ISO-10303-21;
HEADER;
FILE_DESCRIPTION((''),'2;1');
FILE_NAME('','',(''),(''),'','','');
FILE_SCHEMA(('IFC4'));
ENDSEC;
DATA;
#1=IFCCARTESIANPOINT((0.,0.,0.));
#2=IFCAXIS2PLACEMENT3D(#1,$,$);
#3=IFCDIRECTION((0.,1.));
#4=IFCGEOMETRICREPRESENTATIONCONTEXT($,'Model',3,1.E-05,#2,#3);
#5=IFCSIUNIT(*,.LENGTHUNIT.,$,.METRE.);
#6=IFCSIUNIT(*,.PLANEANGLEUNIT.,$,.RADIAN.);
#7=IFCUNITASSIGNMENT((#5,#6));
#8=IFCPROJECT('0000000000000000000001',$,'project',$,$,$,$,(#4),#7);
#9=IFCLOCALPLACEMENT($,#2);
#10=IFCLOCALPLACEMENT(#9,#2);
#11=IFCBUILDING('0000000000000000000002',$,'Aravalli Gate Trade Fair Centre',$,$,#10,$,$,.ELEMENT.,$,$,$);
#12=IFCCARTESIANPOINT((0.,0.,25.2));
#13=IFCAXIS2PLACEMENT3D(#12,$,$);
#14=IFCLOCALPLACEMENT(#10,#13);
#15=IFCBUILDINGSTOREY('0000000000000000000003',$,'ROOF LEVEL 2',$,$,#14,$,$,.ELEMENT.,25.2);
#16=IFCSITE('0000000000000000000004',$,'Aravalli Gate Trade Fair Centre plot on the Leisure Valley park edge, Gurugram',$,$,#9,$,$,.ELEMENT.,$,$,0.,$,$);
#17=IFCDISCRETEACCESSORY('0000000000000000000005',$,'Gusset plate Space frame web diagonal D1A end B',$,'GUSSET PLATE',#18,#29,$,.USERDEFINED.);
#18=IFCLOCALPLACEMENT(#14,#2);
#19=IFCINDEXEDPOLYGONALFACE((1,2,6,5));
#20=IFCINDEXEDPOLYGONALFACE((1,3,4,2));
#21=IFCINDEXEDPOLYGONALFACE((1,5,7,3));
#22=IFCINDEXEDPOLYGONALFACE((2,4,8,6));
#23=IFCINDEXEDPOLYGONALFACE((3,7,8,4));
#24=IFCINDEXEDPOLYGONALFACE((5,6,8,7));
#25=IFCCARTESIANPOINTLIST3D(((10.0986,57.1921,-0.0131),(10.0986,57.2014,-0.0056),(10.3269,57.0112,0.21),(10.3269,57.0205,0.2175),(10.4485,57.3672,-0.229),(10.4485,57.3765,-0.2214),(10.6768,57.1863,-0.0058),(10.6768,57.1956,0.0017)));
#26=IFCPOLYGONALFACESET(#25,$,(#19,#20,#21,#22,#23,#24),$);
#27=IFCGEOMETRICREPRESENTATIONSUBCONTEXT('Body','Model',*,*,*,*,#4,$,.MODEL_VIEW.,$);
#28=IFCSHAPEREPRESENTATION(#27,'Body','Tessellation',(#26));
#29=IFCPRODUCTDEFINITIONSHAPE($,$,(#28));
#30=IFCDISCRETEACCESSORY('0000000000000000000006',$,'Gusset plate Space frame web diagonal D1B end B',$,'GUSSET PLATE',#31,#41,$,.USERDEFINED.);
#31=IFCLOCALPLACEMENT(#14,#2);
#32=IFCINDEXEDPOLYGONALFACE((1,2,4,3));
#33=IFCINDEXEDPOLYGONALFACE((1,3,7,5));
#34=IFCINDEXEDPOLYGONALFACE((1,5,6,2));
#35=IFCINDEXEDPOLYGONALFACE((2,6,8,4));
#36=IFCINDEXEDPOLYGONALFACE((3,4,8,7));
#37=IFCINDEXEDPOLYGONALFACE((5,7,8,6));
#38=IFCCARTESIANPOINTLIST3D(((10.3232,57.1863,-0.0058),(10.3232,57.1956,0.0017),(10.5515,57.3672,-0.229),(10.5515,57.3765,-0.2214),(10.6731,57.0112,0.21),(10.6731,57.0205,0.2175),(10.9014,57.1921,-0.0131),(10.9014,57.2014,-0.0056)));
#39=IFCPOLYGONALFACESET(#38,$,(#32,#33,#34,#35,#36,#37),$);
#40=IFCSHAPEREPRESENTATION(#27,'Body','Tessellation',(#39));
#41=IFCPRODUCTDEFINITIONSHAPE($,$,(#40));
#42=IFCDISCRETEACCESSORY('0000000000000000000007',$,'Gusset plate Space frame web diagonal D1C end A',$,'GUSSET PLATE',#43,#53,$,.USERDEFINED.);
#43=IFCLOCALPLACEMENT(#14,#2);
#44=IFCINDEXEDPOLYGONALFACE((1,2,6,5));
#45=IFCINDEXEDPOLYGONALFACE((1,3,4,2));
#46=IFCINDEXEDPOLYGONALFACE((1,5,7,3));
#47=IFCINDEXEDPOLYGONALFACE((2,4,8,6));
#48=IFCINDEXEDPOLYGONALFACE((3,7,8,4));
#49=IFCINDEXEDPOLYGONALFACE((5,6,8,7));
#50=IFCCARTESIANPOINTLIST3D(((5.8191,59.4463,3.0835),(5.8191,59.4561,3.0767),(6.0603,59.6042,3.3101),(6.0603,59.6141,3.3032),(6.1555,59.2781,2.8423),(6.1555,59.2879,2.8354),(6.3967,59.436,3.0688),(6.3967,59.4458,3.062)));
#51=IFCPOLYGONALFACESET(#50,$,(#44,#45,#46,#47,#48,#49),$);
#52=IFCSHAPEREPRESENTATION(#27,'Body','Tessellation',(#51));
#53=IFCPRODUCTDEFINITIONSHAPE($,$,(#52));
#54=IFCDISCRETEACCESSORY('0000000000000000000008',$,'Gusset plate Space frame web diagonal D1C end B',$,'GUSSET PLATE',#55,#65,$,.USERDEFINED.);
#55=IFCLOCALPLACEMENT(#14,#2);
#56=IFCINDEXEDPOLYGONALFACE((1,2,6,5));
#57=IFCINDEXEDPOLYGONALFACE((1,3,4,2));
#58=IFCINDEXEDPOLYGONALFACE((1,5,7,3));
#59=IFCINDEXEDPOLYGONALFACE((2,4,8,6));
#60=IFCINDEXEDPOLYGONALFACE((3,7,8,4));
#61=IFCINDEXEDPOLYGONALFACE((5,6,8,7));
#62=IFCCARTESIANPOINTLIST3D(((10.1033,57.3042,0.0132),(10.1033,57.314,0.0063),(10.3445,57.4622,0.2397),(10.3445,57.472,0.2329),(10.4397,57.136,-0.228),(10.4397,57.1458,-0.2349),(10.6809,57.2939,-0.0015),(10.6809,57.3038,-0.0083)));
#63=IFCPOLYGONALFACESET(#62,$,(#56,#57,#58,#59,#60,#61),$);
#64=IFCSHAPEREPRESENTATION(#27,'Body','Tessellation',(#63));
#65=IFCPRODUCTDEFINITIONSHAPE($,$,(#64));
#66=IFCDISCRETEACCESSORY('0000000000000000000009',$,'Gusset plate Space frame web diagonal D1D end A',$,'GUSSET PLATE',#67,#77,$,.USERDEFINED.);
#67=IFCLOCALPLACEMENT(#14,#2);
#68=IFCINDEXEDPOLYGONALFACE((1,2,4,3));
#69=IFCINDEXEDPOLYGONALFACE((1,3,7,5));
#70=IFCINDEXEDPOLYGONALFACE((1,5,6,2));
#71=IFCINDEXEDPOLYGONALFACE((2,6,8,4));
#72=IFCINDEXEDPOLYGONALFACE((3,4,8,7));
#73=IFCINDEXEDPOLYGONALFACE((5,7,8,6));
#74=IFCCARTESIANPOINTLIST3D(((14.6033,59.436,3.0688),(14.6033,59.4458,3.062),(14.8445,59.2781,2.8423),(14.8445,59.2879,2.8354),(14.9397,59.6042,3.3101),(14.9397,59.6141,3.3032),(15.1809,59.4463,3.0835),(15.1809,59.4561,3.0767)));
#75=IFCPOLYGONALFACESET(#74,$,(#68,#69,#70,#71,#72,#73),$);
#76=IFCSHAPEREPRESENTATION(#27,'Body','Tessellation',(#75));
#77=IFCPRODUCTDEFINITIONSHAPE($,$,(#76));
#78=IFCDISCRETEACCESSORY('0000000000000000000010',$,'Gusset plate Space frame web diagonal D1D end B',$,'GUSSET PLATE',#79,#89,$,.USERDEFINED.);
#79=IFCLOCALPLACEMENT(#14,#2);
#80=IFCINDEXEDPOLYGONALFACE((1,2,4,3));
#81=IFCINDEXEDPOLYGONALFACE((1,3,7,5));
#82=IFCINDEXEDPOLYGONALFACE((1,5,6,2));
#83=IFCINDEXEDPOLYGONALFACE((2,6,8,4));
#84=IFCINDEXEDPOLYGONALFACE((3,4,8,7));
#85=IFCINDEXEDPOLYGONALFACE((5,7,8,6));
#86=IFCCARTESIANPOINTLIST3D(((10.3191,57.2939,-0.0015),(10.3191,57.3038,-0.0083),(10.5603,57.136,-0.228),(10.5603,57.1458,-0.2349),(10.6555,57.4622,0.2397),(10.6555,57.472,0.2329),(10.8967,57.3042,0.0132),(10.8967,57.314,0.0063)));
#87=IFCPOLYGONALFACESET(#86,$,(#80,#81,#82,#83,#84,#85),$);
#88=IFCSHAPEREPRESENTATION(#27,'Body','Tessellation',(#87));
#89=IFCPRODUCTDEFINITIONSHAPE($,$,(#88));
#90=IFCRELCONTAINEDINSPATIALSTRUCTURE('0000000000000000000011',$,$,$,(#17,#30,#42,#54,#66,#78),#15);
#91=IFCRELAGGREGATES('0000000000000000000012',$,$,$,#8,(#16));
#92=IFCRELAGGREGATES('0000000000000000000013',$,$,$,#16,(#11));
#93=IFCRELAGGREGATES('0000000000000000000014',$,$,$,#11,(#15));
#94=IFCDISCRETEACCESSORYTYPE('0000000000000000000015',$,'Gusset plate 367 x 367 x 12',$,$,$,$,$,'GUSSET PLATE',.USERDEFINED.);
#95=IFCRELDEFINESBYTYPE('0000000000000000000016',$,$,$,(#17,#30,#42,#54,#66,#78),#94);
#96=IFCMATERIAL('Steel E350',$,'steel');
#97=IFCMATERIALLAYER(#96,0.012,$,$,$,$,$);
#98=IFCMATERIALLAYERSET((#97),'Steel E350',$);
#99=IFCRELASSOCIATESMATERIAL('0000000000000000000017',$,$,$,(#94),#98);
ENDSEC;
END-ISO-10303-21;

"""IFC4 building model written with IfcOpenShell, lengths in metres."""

from ifc_helpers import new_model, si_unit, direction, frame, origin, place, context, subcontext, project, spatial, polyline, outline, extrude, material, layer, layer_set, type_object, element, save


model = new_model("IFC4")

# Units and contexts
model_context = context("Model", 3, precision=1e-05, world=origin(), true_north=direction((0.0, 1.0)))
body_context = subcontext(model_context, "Body", "Model", "MODEL_VIEW")
ifc_project = project(units=[si_unit("LENGTHUNIT", "METRE"), si_unit("PLANEANGLEUNIT", "RADIAN")], contexts=[model_context])

# Site, building, storey
site_placement = place(None, origin())
site = spatial("IfcSite", under=ifc_project, at=site_placement, Name="Aravalli Gate Trade Fair Centre plot on the Leisure Valley park edge, Gurugram", CompositionType="ELEMENT", RefElevation=0.0)
building_placement = place(site_placement, origin())
building = spatial("IfcBuilding", under=site, at=building_placement, Name="Aravalli Gate Trade Fair Centre", CompositionType="ELEMENT")
storey_placement = place(building_placement, frame((0.0, 0.0, 25.2)))
storey = spatial("IfcBuildingStorey", under=building, at=storey_placement, Name="ROOF LEVEL 2", CompositionType="ELEMENT", Elevation=25.2)

# Shared definitions
ifc_material_1 = material(Name="Steel E350", Category="steel")

# Discrete accessories
ifc_layer_1 = layer(ifc_material_1, 0.012)
ifc_layer_set_1 = layer_set([ifc_layer_1], Name="Steel E350")
discrete_accessory_type_1 = type_object("IfcDiscreteAccessoryType", Name="Gusset plate 367 x 367 x 12", ElementType="GUSSET PLATE", PredefinedType="USERDEFINED", material=ifc_layer_set_1)
discrete_accessory_1_placement = place(storey_placement, frame((10.0986, 57.2014, -0.0056), z_axis=(-0.000107, 0.776736, 0.629826), x_axis=(0.783044, 0.391795, -0.48305)))
element("IfcDiscreteAccessory", 1, at=discrete_accessory_1_placement, inside=storey, type_object=discrete_accessory_type_1, Name="Gusset plate Space frame web diagonal D1A end B", ObjectType="GUSSET PLATE", PredefinedType="USERDEFINED", context=body_context, shape_type="SweptSolid", body=[
    extrude(outline(polyline([(0.0, 0.0), (0.4468, 0.0), (0.4469, -0.3669), (0.0001, -0.3669), (0.0, 0.0)])), origin(), (0.0, 0.0, -1.0), 0.012),
])
discrete_accessory_2_placement = place(storey_placement, frame((10.6731, 57.0205, 0.2175), z_axis=(0.000107, 0.776736, 0.629826), x_axis=(-0.783044, 0.391795, -0.48305)))
element("IfcDiscreteAccessory", 2, at=discrete_accessory_2_placement, inside=storey, type_object=discrete_accessory_type_1, Name="Gusset plate Space frame web diagonal D1B end B", ObjectType="GUSSET PLATE", PredefinedType="USERDEFINED", context=body_context, shape_type="SweptSolid", body=[
    extrude(outline(polyline([(0.0, 0.0), (0.4468, 0.0), (0.4467, -0.3669), (-0.0001, -0.3669), (0.0, 0.0)])), origin(), (0.0, 0.0, -1.0), 0.012),
])
discrete_accessory_3_placement = place(storey_placement, frame((6.1555, 59.2781, 2.8423), z_axis=(-0.000057, -0.820282, 0.57196), x_axis=(-0.75291, 0.376455, 0.539822)))
element("IfcDiscreteAccessory", 3, at=discrete_accessory_3_placement, inside=storey, type_object=discrete_accessory_type_1, Name="Gusset plate Space frame web diagonal D1C end A", ObjectType="GUSSET PLATE", PredefinedType="USERDEFINED", context=body_context, shape_type="SweptSolid", body=[
    extrude(outline(polyline([(0.0, 0.0), (0.4468, 0.0), (0.447, -0.3667), (0.0002, -0.3667), (0.0, 0.0)])), origin(), (0.0, 0.0, -1.0), 0.012),
])
discrete_accessory_4_placement = place(storey_placement, frame((10.1033, 57.3042, 0.0132), z_axis=(-0.000057, -0.820282, 0.57196), x_axis=(0.75291, -0.376455, -0.539822)))
element("IfcDiscreteAccessory", 4, at=discrete_accessory_4_placement, inside=storey, type_object=discrete_accessory_type_1, Name="Gusset plate Space frame web diagonal D1C end B", ObjectType="GUSSET PLATE", PredefinedType="USERDEFINED", context=body_context, shape_type="SweptSolid", body=[
    extrude(outline(polyline([(0.0, 0.0), (0.4468, 0.0), (0.4467, 0.3667), (-0.0002, 0.3667), (0.0, 0.0)])), origin(), (0.0, 0.0, -1.0), 0.012),
])
discrete_accessory_5_placement = place(storey_placement, frame((14.6033, 59.436, 3.0688), z_axis=(0.000057, -0.820282, 0.57196), x_axis=(0.75291, 0.376455, 0.539822)))
element("IfcDiscreteAccessory", 5, at=discrete_accessory_5_placement, inside=storey, type_object=discrete_accessory_type_1, Name="Gusset plate Space frame web diagonal D1D end A", ObjectType="GUSSET PLATE", PredefinedType="USERDEFINED", context=body_context, shape_type="SweptSolid", body=[
    extrude(outline(polyline([(0.0, 0.0), (0.4468, 0.0), (0.4467, -0.3667), (-0.0002, -0.3667), (0.0, 0.0)])), origin(), (0.0, 0.0, -1.0), 0.012),
])
discrete_accessory_6_placement = place(storey_placement, frame((10.6555, 57.4622, 0.2397), z_axis=(0.000057, -0.820282, 0.57196), x_axis=(-0.75291, -0.376455, -0.539822)))
element("IfcDiscreteAccessory", 6, at=discrete_accessory_6_placement, inside=storey, type_object=discrete_accessory_type_1, Name="Gusset plate Space frame web diagonal D1D end B", ObjectType="GUSSET PLATE", PredefinedType="USERDEFINED", context=body_context, shape_type="SweptSolid", body=[
    extrude(outline(polyline([(0.0, 0.0), (0.4468, 0.0), (0.447, 0.3667), (0.0002, 0.3667), (0.0, 0.0)])), origin(), (0.0, 0.0, -1.0), 0.012),
])

save(model, "model.ifc")
